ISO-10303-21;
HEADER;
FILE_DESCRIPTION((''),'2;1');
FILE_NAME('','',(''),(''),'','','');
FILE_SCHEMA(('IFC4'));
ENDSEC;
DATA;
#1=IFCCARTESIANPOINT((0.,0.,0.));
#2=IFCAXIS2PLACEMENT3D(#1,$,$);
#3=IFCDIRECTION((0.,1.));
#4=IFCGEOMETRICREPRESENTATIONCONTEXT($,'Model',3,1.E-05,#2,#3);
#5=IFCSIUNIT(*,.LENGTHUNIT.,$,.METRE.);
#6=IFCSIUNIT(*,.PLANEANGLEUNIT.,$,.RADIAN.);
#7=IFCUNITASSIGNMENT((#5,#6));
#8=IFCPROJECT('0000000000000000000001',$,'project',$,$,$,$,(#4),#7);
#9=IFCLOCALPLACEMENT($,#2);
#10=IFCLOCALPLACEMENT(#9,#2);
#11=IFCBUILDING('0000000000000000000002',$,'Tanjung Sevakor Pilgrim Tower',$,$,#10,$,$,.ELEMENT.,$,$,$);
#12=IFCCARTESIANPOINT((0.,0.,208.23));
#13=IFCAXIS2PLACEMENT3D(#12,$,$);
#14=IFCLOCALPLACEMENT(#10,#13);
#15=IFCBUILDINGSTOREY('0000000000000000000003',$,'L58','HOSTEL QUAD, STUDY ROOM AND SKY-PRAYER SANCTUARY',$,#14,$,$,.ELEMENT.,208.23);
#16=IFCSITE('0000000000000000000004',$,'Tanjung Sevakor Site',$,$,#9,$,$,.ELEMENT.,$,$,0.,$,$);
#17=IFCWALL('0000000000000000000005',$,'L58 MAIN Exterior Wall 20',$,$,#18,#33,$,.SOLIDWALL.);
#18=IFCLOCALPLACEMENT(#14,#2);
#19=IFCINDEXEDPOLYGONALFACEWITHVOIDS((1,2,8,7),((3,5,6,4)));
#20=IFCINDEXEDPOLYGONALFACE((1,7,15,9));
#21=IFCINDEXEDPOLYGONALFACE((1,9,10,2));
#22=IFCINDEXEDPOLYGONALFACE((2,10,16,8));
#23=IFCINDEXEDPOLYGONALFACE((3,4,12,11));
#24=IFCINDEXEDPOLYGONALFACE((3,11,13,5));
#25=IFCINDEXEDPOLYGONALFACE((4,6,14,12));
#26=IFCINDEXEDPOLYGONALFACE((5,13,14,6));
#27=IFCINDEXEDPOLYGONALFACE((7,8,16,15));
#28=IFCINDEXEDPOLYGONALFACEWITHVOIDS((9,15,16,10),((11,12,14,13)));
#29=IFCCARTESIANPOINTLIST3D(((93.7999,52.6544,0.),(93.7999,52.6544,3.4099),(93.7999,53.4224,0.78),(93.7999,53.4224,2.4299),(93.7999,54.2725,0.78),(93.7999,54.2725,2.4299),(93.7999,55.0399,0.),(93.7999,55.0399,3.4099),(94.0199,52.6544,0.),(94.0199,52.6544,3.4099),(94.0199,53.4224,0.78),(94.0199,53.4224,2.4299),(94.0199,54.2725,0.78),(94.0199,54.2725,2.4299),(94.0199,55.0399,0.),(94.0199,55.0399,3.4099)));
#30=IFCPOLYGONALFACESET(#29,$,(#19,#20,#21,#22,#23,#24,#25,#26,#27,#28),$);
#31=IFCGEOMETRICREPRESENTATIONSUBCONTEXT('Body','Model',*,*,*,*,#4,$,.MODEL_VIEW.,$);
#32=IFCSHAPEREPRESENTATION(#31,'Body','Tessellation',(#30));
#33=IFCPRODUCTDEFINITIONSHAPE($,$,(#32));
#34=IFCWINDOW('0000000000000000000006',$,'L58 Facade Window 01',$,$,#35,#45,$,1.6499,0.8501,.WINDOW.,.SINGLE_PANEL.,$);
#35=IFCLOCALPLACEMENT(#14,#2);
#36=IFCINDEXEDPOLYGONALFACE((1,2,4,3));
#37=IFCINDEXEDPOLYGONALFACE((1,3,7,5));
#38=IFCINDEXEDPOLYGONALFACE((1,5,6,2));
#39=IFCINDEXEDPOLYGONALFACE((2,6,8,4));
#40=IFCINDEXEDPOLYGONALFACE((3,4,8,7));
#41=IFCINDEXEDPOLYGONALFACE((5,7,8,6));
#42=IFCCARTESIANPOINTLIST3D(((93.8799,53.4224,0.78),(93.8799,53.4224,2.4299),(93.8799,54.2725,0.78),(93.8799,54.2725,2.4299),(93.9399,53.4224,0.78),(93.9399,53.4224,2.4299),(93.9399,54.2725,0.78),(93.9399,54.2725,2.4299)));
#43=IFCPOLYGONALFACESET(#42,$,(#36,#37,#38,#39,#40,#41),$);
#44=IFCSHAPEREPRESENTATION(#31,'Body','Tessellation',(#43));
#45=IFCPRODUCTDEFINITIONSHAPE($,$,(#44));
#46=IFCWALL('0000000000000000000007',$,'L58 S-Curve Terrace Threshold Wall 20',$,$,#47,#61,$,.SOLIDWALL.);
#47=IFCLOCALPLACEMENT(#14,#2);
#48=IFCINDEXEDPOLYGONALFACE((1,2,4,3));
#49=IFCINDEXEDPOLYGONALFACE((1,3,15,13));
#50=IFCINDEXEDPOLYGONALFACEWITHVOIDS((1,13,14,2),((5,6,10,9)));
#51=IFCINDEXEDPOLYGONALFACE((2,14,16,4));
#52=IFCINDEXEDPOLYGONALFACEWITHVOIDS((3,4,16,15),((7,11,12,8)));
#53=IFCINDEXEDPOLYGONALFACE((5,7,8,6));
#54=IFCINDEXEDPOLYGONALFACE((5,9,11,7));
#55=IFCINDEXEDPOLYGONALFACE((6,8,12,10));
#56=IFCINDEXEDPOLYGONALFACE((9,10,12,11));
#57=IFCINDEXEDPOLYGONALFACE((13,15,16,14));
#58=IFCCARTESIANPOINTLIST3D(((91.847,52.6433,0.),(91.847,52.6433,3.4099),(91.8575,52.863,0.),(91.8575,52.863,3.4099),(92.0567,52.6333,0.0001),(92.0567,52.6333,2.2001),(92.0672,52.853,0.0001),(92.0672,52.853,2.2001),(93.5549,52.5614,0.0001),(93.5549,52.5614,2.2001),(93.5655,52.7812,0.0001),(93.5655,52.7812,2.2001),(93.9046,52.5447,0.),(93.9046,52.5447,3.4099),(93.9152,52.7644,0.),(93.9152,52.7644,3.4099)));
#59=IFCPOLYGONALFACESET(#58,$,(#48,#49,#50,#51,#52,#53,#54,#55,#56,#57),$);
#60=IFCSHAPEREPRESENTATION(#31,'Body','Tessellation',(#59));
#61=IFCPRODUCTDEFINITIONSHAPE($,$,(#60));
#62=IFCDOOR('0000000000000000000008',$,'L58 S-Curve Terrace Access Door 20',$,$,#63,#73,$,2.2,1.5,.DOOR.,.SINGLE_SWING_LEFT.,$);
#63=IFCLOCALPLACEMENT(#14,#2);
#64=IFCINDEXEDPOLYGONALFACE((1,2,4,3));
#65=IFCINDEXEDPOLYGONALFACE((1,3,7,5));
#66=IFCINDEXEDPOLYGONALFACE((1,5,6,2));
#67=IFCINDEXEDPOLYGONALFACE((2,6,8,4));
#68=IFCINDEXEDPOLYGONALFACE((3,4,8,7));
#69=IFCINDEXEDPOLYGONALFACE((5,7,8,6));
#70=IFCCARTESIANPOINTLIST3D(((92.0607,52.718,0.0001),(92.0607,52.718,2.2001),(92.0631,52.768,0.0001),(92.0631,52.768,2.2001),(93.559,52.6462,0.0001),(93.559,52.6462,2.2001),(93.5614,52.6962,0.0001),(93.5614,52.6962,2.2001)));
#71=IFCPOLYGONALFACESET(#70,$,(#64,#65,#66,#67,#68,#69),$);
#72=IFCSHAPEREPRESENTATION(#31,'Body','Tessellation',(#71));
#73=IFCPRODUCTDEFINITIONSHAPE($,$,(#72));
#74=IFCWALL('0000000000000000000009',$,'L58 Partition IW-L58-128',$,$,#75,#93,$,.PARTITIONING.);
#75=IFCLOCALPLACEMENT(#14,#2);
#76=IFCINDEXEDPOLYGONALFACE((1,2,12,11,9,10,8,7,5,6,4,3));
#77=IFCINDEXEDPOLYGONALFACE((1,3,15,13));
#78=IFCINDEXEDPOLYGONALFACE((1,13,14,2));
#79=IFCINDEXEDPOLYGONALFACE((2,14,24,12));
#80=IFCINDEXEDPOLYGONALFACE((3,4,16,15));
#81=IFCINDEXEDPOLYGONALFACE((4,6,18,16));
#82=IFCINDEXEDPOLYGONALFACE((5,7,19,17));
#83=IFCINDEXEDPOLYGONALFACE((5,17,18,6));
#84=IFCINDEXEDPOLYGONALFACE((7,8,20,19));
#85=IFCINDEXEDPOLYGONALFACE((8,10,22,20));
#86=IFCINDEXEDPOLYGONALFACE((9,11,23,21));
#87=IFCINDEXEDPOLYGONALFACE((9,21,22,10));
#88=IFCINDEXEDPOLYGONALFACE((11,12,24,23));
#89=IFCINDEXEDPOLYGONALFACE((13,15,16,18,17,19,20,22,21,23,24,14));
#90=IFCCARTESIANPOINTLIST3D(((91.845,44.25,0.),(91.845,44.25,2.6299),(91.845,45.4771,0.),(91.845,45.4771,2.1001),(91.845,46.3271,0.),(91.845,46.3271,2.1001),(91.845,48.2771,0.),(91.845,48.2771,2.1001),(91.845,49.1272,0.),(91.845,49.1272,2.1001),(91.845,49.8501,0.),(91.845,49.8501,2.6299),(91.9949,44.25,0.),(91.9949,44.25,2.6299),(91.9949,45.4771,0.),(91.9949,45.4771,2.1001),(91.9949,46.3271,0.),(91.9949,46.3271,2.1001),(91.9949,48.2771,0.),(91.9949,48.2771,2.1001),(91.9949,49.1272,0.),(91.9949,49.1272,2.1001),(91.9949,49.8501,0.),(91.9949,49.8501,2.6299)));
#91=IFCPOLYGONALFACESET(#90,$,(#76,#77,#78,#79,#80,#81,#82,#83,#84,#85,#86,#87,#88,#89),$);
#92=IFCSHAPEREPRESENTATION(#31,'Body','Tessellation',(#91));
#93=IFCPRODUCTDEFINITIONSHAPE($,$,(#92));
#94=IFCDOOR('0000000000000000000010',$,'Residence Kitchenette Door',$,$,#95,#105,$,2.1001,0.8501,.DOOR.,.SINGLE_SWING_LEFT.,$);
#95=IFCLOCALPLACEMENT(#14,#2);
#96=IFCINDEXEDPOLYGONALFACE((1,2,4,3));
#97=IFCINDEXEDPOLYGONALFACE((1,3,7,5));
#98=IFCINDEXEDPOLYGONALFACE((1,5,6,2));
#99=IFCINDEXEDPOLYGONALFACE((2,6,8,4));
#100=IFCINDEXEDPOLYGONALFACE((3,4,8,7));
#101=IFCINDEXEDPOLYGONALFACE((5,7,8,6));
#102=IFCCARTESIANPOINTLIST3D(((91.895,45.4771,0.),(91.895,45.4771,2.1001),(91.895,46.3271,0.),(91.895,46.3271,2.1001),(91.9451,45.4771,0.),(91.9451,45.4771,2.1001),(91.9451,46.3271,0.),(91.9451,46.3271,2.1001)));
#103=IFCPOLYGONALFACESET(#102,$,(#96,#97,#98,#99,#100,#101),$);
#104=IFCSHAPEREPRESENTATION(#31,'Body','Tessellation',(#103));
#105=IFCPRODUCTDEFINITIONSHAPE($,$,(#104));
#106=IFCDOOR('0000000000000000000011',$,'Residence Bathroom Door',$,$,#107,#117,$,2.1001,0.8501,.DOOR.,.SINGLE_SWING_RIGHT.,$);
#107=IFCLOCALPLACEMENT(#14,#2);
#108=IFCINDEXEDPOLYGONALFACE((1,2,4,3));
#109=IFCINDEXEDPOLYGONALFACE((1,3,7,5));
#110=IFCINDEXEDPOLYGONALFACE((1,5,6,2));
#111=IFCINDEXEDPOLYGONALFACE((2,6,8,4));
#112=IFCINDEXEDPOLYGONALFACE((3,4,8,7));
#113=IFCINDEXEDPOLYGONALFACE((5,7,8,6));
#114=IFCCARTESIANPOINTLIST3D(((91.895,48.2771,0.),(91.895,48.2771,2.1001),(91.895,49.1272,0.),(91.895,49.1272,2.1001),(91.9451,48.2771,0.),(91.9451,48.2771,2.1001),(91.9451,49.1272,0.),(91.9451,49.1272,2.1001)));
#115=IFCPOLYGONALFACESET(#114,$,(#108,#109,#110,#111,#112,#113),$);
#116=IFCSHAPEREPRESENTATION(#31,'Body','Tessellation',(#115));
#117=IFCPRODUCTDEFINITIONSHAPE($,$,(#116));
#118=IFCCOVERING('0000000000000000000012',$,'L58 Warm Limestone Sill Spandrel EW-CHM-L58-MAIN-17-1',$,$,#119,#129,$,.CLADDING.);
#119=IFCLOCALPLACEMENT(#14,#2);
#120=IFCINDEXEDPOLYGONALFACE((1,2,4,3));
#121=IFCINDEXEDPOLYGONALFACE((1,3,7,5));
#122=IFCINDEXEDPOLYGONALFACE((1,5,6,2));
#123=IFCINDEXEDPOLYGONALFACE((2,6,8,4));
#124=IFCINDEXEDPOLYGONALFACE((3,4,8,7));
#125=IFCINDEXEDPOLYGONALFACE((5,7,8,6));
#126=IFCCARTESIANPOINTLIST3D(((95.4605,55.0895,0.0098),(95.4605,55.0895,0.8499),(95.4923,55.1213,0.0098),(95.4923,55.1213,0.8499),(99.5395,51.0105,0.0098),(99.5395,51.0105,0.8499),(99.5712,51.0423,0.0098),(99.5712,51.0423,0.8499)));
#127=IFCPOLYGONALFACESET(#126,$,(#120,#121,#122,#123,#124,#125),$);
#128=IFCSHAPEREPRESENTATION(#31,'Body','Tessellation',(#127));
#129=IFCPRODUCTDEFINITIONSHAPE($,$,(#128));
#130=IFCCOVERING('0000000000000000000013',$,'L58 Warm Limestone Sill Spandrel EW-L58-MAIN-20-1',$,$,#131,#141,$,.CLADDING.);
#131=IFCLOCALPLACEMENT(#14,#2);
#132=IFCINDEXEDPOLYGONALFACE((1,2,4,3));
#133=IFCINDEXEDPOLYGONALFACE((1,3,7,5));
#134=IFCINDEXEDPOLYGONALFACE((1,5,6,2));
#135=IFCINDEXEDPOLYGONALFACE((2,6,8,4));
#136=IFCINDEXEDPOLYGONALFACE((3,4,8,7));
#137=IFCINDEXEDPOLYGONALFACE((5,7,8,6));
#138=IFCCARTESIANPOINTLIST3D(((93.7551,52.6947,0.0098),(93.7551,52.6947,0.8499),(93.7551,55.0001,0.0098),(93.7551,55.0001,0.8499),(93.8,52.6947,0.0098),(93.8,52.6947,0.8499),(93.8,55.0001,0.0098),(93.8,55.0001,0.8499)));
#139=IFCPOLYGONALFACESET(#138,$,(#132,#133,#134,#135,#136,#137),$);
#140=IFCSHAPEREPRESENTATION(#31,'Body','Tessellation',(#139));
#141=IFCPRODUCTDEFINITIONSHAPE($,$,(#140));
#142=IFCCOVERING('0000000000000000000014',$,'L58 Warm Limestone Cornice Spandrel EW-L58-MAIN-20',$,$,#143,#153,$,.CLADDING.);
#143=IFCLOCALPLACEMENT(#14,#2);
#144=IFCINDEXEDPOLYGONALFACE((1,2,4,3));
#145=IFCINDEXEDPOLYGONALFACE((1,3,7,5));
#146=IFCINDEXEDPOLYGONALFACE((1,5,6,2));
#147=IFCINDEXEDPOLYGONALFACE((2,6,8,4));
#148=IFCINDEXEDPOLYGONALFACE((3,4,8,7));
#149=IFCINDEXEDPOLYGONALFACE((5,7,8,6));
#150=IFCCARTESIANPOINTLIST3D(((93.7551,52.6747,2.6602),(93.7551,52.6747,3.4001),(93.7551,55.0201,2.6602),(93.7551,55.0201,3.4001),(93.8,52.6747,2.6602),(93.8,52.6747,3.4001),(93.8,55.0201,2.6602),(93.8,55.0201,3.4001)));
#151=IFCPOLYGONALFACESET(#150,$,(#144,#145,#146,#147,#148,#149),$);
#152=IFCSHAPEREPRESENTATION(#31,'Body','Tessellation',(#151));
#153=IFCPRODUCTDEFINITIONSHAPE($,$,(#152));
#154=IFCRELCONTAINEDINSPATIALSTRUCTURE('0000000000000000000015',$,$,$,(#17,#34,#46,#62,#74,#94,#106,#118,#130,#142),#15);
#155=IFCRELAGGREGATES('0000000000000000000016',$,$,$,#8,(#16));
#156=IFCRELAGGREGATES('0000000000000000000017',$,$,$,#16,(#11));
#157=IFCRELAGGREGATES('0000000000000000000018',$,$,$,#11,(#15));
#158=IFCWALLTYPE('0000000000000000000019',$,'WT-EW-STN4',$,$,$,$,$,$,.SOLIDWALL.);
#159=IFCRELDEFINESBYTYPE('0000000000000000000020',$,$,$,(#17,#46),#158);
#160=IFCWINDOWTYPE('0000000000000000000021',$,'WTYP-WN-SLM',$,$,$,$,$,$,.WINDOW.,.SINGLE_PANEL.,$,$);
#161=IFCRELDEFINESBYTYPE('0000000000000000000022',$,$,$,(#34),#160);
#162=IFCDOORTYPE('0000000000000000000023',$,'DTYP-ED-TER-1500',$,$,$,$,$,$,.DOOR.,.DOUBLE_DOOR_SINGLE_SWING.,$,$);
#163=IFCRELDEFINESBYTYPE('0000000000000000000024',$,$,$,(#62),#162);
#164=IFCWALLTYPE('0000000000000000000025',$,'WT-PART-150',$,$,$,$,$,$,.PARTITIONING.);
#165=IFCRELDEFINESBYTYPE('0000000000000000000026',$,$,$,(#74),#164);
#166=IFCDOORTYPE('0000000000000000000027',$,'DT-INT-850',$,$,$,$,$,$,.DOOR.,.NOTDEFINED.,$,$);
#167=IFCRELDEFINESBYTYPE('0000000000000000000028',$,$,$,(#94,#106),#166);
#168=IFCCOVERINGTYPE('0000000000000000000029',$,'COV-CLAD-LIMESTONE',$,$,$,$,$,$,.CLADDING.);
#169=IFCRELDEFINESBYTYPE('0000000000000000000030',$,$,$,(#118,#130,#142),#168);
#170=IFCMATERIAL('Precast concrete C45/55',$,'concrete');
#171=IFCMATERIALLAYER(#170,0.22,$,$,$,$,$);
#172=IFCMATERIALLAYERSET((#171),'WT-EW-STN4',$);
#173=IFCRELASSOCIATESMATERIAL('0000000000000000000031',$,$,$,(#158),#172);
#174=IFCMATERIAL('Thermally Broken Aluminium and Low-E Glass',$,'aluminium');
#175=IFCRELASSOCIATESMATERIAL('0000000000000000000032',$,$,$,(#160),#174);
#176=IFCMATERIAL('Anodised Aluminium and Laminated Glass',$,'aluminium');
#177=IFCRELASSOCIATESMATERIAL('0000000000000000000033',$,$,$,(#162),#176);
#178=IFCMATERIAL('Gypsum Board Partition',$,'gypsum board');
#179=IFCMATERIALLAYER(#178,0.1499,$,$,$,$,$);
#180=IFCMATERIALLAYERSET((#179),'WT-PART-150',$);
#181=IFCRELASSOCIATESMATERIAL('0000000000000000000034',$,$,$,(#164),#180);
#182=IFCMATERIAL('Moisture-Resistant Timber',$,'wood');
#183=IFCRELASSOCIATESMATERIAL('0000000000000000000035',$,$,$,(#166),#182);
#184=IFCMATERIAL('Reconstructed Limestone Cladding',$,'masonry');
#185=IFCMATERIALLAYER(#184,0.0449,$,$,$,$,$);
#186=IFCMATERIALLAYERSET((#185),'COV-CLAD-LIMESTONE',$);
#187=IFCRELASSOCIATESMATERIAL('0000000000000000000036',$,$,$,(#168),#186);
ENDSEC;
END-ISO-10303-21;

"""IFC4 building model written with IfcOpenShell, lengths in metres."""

from ifc_helpers import new_model, si_unit, direction, frame, frame_2d, origin, origin_2d, place, context, subcontext, project, spatial, rectangle, extrude, material, layer, layer_set, type_object, element, fill, save


model = new_model("IFC4")

# Units and contexts
model_context = context("Model", 3, precision=1e-05, world=origin(), true_north=direction((0.0, 1.0)))
body_context = subcontext(model_context, "Body", "Model", "MODEL_VIEW")
ifc_project = project(units=[si_unit("LENGTHUNIT", "METRE"), si_unit("PLANEANGLEUNIT", "RADIAN")], contexts=[model_context])

# Site, building, storey
site_placement = place(None, origin())
site = spatial("IfcSite", under=ifc_project, at=site_placement, Name="Tanjung Sevakor Site", CompositionType="ELEMENT", RefElevation=0.0)
building_placement = place(site_placement, origin())
building = spatial("IfcBuilding", under=site, at=building_placement, Name="Tanjung Sevakor Pilgrim Tower", CompositionType="ELEMENT")
storey_placement = place(building_placement, frame((0.0, 0.0, 208.23)))
storey = spatial("IfcBuildingStorey", under=building, at=storey_placement, Name="L58", Description="HOSTEL QUAD, STUDY ROOM AND SKY-PRAYER SANCTUARY", CompositionType="ELEMENT", Elevation=208.23)

# Wall, opening, window
ifc_material_1 = material(Name="Precast concrete C45/55", Category="concrete")
ifc_layer_1 = layer(ifc_material_1, 0.22)
ifc_layer_set_1 = layer_set([ifc_layer_1], Name="WT-EW-STN4")
wall_type_1 = type_object("IfcWallType", Name="WT-EW-STN4", PredefinedType="SOLIDWALL", material=ifc_layer_set_1)
wall_1_placement = place(storey_placement, frame((93.9099, 55.04, 0.0), z_axis=(0.0, 0.0, 1.0), x_axis=(0.0, -1.0, 0.0)))
wall_1 = element("IfcWall", 1, at=wall_1_placement, inside=storey, type_object=wall_type_1, Name="L58 MAIN Exterior Wall 20", PredefinedType="SOLIDWALL", context=body_context, shape_type="SweptSolid", body=[
    extrude(rectangle(XDim=2.3855, YDim=0.22, at=frame_2d((1.1929, 0.0))), origin(), (0.0, 0.0, 1.0), 3.4099),
])
opening_1_placement = place(wall_1_placement, frame((0.7676, 0.0, 0.78)))
opening_1 = element("IfcOpeningElement", 2, at=opening_1_placement, cuts=wall_1, PredefinedType="OPENING", context=body_context, shape_type="SweptSolid", body=[
    extrude(rectangle(XDim=0.8501, YDim=1.6499, at=frame_2d((0.425, 0.825))), frame((0.0, 0.1199, 0.0), z_axis=(0.0, -1.0, 0.0), x_axis=(1.0, 0.0, 0.0)), (0.0, 0.0, 1.0), 0.24),
])
ifc_material_2 = material(Name="Thermally Broken Aluminium and Low-E Glass", Category="aluminium")
window_type_1 = type_object("IfcWindowType", Name="WTYP-WN-SLM", PartitioningType="SINGLE_PANEL", PredefinedType="WINDOW", material=ifc_material_2)
window_1_placement = place(opening_1_placement, origin())
window_1 = element("IfcWindow", 3, at=window_1_placement, inside=storey, type_object=window_type_1, Name="L58 Facade Window 01", OverallHeight=1.6499, OverallWidth=0.8501, PartitioningType="SINGLE_PANEL", PredefinedType="WINDOW", context=body_context, shape_type="SweptSolid", body=[
    extrude(rectangle(XDim=0.8501, YDim=1.6499, at=frame_2d((0.425, 0.825))), frame((0.0, 0.03, 0.0), z_axis=(0.0, -1.0, 0.0), x_axis=(1.0, 0.0, 0.0)), (0.0, 0.0, 1.0), 0.0601),
])
fill(opening_1, window_1)

# Wall, opening, door
wall_2_placement = place(storey_placement, frame((93.9099, 52.6545, 0.0), z_axis=(0.0, 0.0, 1.0), x_axis=(-0.998853, 0.04788, 0.0)))
wall_2 = element("IfcWall", 4, at=wall_2_placement, inside=storey, type_object=wall_type_1, Name="L58 S-Curve Terrace Threshold Wall 20", PredefinedType="SOLIDWALL", context=body_context, shape_type="SweptSolid", body=[
    extrude(rectangle(XDim=2.0601, YDim=0.22, at=frame_2d((1.03, 0.0))), origin(), (0.0, 0.0, 1.0), 3.4099),
])
opening_2_placement = place(wall_2_placement, frame((0.3501, 0.0, 0.0)))
opening_2 = element("IfcOpeningElement", 5, at=opening_2_placement, cuts=wall_2, PredefinedType="OPENING", context=body_context, shape_type="SweptSolid", body=[
    extrude(rectangle(XDim=1.5, YDim=2.2, at=frame_2d((0.75, 1.1001))), frame((0.0, 0.1199, 0.0), z_axis=(0.0, -1.0, 0.0), x_axis=(1.0, 0.0, 0.0)), (0.0, 0.0, 1.0), 0.24),
])
ifc_material_3 = material(Name="Anodised Aluminium and Laminated Glass", Category="aluminium")
door_type_1 = type_object("IfcDoorType", Name="DTYP-ED-TER-1500", OperationType="DOUBLE_DOOR_SINGLE_SWING", PredefinedType="DOOR", material=ifc_material_3)
door_1_placement = place(opening_2_placement, frame((1.5, 0.0, 0.0), z_axis=(0.0, 0.0, 1.0), x_axis=(-1.0, 0.0, 0.0)))
door_1 = element("IfcDoor", 6, at=door_1_placement, inside=storey, type_object=door_type_1, Name="L58 S-Curve Terrace Access Door 20", OperationType="SINGLE_SWING_LEFT", OverallHeight=2.2, OverallWidth=1.5, PredefinedType="DOOR", context=body_context, shape_type="SweptSolid", body=[
    extrude(rectangle(XDim=1.5, YDim=2.2, at=frame_2d((0.75, 1.1001))), frame((0.0, 0.0249, 0.0), z_axis=(0.0, -1.0, 0.0), x_axis=(1.0, 0.0, 0.0)), (0.0, 0.0, 1.0), 0.05),
])
fill(opening_2, door_1)

# Wall, openings, doors
ifc_material_4 = material(Name="Gypsum Board Partition", Category="gypsum board")
ifc_layer_2 = layer(ifc_material_4, 0.1499)
ifc_layer_set_2 = layer_set([ifc_layer_2], Name="WT-PART-150")
wall_type_2 = type_object("IfcWallType", Name="WT-PART-150", PredefinedType="PARTITIONING", material=ifc_layer_set_2)
wall_3_placement = place(storey_placement, frame((91.9199, 44.25, 0.0), z_axis=(0.0, 0.0, 1.0), x_axis=(0.0, 1.0, 0.0)))
wall_3 = element("IfcWall", 7, at=wall_3_placement, inside=storey, type_object=wall_type_2, Name="L58 Partition IW-L58-128", PredefinedType="PARTITIONING", context=body_context, shape_type="SweptSolid", body=[
    extrude(rectangle(XDim=5.6001, YDim=0.1499, at=frame_2d((2.8, 0.0))), origin(), (0.0, 0.0, 1.0), 2.6299),
])
opening_3_placement = place(wall_3_placement, frame((1.2271, 0.0, 0.0)))
opening_3 = element("IfcOpeningElement", 8, at=opening_3_placement, cuts=wall_3, PredefinedType="OPENING", context=body_context, shape_type="SweptSolid", body=[
    extrude(rectangle(XDim=0.8501, YDim=2.1001, at=frame_2d((0.425, 1.05))), frame((0.0, 0.085, 0.0), z_axis=(0.0, -1.0, 0.0), x_axis=(1.0, 0.0, 0.0)), (0.0, 0.0, 1.0), 0.1699),
])
opening_4_placement = place(wall_3_placement, frame((4.0271, 0.0, 0.0)))
opening_4 = element("IfcOpeningElement", 9, at=opening_4_placement, cuts=wall_3, PredefinedType="OPENING", context=body_context, shape_type="SweptSolid", body=[
    extrude(rectangle(XDim=0.8501, YDim=2.1001, at=frame_2d((0.425, 1.05))), frame((0.0, 0.085, 0.0), z_axis=(0.0, -1.0, 0.0), x_axis=(1.0, 0.0, 0.0)), (0.0, 0.0, 1.0), 0.1699),
])
ifc_material_5 = material(Name="Moisture-Resistant Timber", Category="wood")
door_type_2 = type_object("IfcDoorType", Name="DT-INT-850", OperationType="NOTDEFINED", PredefinedType="DOOR", material=ifc_material_5)
door_2_placement = place(opening_3_placement, origin())
door_2 = element("IfcDoor", 10, at=door_2_placement, inside=storey, type_object=door_type_2, Name="Residence Kitchenette Door", OperationType="SINGLE_SWING_LEFT", OverallHeight=2.1001, OverallWidth=0.8501, PredefinedType="DOOR", context=body_context, shape_type="SweptSolid", body=[
    extrude(rectangle(XDim=0.8501, YDim=2.1001, at=frame_2d((0.425, 1.05))), frame((0.0, 0.0249, 0.0), z_axis=(0.0, -1.0, 0.0), x_axis=(1.0, 0.0, 0.0)), (0.0, 0.0, 1.0), 0.05),
])
fill(opening_3, door_2)
door_3_placement = place(opening_4_placement, origin())
door_3 = element("IfcDoor", 11, at=door_3_placement, inside=storey, type_object=door_type_2, Name="Residence Bathroom Door", OperationType="SINGLE_SWING_RIGHT", OverallHeight=2.1001, OverallWidth=0.8501, PredefinedType="DOOR", context=body_context, shape_type="SweptSolid", body=[
    extrude(rectangle(XDim=0.8501, YDim=2.1001, at=frame_2d((0.425, 1.05))), frame((0.0, 0.0249, 0.0), z_axis=(0.0, -1.0, 0.0), x_axis=(1.0, 0.0, 0.0)), (0.0, 0.0, 1.0), 0.05),
])
fill(opening_4, door_3)

# Coverings
ifc_material_6 = material(Name="Reconstructed Limestone Cladding", Category="masonry")
ifc_layer_3 = layer(ifc_material_6, 0.0449)
ifc_layer_set_3 = layer_set([ifc_layer_3], Name="COV-CLAD-LIMESTONE")
covering_type = type_object("IfcCoveringType", Name="COV-CLAD-LIMESTONE", PredefinedType="CLADDING", material=ifc_layer_set_3)
covering_1_placement = place(storey_placement, frame((97.5159, 53.0659, 0.0098), z_axis=(0.0, 0.0, 1.0), x_axis=(-0.707107, 0.707107, 0.0)))
element("IfcCovering", 12, at=covering_1_placement, inside=storey, type_object=covering_type, Name="L58 Warm Limestone Sill Spandrel EW-CHM-L58-MAIN-17-1", PredefinedType="CLADDING", context=body_context, shape_type="SweptSolid", body=[
    extrude(rectangle(XDim=5.7686, YDim=0.0449, at=origin_2d()), origin(), (0.0, 0.0, 1.0), 0.8401),
])
covering_2_placement = place(storey_placement, frame((93.7776, 53.8474, 0.0098), z_axis=(0.0, 0.0, 1.0), x_axis=(0.0, -1.0, 0.0)))
element("IfcCovering", 13, at=covering_2_placement, inside=storey, type_object=covering_type, Name="L58 Warm Limestone Sill Spandrel EW-L58-MAIN-20-1", PredefinedType="CLADDING", context=body_context, shape_type="SweptSolid", body=[
    extrude(rectangle(XDim=2.3054, YDim=0.0449, at=origin_2d()), origin(), (0.0, 0.0, 1.0), 0.8401),
])
covering_3_placement = place(storey_placement, frame((93.7776, 53.8474, 2.6602), z_axis=(0.0, 0.0, 1.0), x_axis=(0.0, -1.0, 0.0)))
element("IfcCovering", 14, at=covering_3_placement, inside=storey, type_object=covering_type, Name="L58 Warm Limestone Cornice Spandrel EW-L58-MAIN-20", PredefinedType="CLADDING", context=body_context, shape_type="SweptSolid", body=[
    extrude(rectangle(XDim=2.3455, YDim=0.0449, at=origin_2d()), origin(), (0.0, 0.0, 1.0), 0.74),
])

save(model, "model.ifc")
